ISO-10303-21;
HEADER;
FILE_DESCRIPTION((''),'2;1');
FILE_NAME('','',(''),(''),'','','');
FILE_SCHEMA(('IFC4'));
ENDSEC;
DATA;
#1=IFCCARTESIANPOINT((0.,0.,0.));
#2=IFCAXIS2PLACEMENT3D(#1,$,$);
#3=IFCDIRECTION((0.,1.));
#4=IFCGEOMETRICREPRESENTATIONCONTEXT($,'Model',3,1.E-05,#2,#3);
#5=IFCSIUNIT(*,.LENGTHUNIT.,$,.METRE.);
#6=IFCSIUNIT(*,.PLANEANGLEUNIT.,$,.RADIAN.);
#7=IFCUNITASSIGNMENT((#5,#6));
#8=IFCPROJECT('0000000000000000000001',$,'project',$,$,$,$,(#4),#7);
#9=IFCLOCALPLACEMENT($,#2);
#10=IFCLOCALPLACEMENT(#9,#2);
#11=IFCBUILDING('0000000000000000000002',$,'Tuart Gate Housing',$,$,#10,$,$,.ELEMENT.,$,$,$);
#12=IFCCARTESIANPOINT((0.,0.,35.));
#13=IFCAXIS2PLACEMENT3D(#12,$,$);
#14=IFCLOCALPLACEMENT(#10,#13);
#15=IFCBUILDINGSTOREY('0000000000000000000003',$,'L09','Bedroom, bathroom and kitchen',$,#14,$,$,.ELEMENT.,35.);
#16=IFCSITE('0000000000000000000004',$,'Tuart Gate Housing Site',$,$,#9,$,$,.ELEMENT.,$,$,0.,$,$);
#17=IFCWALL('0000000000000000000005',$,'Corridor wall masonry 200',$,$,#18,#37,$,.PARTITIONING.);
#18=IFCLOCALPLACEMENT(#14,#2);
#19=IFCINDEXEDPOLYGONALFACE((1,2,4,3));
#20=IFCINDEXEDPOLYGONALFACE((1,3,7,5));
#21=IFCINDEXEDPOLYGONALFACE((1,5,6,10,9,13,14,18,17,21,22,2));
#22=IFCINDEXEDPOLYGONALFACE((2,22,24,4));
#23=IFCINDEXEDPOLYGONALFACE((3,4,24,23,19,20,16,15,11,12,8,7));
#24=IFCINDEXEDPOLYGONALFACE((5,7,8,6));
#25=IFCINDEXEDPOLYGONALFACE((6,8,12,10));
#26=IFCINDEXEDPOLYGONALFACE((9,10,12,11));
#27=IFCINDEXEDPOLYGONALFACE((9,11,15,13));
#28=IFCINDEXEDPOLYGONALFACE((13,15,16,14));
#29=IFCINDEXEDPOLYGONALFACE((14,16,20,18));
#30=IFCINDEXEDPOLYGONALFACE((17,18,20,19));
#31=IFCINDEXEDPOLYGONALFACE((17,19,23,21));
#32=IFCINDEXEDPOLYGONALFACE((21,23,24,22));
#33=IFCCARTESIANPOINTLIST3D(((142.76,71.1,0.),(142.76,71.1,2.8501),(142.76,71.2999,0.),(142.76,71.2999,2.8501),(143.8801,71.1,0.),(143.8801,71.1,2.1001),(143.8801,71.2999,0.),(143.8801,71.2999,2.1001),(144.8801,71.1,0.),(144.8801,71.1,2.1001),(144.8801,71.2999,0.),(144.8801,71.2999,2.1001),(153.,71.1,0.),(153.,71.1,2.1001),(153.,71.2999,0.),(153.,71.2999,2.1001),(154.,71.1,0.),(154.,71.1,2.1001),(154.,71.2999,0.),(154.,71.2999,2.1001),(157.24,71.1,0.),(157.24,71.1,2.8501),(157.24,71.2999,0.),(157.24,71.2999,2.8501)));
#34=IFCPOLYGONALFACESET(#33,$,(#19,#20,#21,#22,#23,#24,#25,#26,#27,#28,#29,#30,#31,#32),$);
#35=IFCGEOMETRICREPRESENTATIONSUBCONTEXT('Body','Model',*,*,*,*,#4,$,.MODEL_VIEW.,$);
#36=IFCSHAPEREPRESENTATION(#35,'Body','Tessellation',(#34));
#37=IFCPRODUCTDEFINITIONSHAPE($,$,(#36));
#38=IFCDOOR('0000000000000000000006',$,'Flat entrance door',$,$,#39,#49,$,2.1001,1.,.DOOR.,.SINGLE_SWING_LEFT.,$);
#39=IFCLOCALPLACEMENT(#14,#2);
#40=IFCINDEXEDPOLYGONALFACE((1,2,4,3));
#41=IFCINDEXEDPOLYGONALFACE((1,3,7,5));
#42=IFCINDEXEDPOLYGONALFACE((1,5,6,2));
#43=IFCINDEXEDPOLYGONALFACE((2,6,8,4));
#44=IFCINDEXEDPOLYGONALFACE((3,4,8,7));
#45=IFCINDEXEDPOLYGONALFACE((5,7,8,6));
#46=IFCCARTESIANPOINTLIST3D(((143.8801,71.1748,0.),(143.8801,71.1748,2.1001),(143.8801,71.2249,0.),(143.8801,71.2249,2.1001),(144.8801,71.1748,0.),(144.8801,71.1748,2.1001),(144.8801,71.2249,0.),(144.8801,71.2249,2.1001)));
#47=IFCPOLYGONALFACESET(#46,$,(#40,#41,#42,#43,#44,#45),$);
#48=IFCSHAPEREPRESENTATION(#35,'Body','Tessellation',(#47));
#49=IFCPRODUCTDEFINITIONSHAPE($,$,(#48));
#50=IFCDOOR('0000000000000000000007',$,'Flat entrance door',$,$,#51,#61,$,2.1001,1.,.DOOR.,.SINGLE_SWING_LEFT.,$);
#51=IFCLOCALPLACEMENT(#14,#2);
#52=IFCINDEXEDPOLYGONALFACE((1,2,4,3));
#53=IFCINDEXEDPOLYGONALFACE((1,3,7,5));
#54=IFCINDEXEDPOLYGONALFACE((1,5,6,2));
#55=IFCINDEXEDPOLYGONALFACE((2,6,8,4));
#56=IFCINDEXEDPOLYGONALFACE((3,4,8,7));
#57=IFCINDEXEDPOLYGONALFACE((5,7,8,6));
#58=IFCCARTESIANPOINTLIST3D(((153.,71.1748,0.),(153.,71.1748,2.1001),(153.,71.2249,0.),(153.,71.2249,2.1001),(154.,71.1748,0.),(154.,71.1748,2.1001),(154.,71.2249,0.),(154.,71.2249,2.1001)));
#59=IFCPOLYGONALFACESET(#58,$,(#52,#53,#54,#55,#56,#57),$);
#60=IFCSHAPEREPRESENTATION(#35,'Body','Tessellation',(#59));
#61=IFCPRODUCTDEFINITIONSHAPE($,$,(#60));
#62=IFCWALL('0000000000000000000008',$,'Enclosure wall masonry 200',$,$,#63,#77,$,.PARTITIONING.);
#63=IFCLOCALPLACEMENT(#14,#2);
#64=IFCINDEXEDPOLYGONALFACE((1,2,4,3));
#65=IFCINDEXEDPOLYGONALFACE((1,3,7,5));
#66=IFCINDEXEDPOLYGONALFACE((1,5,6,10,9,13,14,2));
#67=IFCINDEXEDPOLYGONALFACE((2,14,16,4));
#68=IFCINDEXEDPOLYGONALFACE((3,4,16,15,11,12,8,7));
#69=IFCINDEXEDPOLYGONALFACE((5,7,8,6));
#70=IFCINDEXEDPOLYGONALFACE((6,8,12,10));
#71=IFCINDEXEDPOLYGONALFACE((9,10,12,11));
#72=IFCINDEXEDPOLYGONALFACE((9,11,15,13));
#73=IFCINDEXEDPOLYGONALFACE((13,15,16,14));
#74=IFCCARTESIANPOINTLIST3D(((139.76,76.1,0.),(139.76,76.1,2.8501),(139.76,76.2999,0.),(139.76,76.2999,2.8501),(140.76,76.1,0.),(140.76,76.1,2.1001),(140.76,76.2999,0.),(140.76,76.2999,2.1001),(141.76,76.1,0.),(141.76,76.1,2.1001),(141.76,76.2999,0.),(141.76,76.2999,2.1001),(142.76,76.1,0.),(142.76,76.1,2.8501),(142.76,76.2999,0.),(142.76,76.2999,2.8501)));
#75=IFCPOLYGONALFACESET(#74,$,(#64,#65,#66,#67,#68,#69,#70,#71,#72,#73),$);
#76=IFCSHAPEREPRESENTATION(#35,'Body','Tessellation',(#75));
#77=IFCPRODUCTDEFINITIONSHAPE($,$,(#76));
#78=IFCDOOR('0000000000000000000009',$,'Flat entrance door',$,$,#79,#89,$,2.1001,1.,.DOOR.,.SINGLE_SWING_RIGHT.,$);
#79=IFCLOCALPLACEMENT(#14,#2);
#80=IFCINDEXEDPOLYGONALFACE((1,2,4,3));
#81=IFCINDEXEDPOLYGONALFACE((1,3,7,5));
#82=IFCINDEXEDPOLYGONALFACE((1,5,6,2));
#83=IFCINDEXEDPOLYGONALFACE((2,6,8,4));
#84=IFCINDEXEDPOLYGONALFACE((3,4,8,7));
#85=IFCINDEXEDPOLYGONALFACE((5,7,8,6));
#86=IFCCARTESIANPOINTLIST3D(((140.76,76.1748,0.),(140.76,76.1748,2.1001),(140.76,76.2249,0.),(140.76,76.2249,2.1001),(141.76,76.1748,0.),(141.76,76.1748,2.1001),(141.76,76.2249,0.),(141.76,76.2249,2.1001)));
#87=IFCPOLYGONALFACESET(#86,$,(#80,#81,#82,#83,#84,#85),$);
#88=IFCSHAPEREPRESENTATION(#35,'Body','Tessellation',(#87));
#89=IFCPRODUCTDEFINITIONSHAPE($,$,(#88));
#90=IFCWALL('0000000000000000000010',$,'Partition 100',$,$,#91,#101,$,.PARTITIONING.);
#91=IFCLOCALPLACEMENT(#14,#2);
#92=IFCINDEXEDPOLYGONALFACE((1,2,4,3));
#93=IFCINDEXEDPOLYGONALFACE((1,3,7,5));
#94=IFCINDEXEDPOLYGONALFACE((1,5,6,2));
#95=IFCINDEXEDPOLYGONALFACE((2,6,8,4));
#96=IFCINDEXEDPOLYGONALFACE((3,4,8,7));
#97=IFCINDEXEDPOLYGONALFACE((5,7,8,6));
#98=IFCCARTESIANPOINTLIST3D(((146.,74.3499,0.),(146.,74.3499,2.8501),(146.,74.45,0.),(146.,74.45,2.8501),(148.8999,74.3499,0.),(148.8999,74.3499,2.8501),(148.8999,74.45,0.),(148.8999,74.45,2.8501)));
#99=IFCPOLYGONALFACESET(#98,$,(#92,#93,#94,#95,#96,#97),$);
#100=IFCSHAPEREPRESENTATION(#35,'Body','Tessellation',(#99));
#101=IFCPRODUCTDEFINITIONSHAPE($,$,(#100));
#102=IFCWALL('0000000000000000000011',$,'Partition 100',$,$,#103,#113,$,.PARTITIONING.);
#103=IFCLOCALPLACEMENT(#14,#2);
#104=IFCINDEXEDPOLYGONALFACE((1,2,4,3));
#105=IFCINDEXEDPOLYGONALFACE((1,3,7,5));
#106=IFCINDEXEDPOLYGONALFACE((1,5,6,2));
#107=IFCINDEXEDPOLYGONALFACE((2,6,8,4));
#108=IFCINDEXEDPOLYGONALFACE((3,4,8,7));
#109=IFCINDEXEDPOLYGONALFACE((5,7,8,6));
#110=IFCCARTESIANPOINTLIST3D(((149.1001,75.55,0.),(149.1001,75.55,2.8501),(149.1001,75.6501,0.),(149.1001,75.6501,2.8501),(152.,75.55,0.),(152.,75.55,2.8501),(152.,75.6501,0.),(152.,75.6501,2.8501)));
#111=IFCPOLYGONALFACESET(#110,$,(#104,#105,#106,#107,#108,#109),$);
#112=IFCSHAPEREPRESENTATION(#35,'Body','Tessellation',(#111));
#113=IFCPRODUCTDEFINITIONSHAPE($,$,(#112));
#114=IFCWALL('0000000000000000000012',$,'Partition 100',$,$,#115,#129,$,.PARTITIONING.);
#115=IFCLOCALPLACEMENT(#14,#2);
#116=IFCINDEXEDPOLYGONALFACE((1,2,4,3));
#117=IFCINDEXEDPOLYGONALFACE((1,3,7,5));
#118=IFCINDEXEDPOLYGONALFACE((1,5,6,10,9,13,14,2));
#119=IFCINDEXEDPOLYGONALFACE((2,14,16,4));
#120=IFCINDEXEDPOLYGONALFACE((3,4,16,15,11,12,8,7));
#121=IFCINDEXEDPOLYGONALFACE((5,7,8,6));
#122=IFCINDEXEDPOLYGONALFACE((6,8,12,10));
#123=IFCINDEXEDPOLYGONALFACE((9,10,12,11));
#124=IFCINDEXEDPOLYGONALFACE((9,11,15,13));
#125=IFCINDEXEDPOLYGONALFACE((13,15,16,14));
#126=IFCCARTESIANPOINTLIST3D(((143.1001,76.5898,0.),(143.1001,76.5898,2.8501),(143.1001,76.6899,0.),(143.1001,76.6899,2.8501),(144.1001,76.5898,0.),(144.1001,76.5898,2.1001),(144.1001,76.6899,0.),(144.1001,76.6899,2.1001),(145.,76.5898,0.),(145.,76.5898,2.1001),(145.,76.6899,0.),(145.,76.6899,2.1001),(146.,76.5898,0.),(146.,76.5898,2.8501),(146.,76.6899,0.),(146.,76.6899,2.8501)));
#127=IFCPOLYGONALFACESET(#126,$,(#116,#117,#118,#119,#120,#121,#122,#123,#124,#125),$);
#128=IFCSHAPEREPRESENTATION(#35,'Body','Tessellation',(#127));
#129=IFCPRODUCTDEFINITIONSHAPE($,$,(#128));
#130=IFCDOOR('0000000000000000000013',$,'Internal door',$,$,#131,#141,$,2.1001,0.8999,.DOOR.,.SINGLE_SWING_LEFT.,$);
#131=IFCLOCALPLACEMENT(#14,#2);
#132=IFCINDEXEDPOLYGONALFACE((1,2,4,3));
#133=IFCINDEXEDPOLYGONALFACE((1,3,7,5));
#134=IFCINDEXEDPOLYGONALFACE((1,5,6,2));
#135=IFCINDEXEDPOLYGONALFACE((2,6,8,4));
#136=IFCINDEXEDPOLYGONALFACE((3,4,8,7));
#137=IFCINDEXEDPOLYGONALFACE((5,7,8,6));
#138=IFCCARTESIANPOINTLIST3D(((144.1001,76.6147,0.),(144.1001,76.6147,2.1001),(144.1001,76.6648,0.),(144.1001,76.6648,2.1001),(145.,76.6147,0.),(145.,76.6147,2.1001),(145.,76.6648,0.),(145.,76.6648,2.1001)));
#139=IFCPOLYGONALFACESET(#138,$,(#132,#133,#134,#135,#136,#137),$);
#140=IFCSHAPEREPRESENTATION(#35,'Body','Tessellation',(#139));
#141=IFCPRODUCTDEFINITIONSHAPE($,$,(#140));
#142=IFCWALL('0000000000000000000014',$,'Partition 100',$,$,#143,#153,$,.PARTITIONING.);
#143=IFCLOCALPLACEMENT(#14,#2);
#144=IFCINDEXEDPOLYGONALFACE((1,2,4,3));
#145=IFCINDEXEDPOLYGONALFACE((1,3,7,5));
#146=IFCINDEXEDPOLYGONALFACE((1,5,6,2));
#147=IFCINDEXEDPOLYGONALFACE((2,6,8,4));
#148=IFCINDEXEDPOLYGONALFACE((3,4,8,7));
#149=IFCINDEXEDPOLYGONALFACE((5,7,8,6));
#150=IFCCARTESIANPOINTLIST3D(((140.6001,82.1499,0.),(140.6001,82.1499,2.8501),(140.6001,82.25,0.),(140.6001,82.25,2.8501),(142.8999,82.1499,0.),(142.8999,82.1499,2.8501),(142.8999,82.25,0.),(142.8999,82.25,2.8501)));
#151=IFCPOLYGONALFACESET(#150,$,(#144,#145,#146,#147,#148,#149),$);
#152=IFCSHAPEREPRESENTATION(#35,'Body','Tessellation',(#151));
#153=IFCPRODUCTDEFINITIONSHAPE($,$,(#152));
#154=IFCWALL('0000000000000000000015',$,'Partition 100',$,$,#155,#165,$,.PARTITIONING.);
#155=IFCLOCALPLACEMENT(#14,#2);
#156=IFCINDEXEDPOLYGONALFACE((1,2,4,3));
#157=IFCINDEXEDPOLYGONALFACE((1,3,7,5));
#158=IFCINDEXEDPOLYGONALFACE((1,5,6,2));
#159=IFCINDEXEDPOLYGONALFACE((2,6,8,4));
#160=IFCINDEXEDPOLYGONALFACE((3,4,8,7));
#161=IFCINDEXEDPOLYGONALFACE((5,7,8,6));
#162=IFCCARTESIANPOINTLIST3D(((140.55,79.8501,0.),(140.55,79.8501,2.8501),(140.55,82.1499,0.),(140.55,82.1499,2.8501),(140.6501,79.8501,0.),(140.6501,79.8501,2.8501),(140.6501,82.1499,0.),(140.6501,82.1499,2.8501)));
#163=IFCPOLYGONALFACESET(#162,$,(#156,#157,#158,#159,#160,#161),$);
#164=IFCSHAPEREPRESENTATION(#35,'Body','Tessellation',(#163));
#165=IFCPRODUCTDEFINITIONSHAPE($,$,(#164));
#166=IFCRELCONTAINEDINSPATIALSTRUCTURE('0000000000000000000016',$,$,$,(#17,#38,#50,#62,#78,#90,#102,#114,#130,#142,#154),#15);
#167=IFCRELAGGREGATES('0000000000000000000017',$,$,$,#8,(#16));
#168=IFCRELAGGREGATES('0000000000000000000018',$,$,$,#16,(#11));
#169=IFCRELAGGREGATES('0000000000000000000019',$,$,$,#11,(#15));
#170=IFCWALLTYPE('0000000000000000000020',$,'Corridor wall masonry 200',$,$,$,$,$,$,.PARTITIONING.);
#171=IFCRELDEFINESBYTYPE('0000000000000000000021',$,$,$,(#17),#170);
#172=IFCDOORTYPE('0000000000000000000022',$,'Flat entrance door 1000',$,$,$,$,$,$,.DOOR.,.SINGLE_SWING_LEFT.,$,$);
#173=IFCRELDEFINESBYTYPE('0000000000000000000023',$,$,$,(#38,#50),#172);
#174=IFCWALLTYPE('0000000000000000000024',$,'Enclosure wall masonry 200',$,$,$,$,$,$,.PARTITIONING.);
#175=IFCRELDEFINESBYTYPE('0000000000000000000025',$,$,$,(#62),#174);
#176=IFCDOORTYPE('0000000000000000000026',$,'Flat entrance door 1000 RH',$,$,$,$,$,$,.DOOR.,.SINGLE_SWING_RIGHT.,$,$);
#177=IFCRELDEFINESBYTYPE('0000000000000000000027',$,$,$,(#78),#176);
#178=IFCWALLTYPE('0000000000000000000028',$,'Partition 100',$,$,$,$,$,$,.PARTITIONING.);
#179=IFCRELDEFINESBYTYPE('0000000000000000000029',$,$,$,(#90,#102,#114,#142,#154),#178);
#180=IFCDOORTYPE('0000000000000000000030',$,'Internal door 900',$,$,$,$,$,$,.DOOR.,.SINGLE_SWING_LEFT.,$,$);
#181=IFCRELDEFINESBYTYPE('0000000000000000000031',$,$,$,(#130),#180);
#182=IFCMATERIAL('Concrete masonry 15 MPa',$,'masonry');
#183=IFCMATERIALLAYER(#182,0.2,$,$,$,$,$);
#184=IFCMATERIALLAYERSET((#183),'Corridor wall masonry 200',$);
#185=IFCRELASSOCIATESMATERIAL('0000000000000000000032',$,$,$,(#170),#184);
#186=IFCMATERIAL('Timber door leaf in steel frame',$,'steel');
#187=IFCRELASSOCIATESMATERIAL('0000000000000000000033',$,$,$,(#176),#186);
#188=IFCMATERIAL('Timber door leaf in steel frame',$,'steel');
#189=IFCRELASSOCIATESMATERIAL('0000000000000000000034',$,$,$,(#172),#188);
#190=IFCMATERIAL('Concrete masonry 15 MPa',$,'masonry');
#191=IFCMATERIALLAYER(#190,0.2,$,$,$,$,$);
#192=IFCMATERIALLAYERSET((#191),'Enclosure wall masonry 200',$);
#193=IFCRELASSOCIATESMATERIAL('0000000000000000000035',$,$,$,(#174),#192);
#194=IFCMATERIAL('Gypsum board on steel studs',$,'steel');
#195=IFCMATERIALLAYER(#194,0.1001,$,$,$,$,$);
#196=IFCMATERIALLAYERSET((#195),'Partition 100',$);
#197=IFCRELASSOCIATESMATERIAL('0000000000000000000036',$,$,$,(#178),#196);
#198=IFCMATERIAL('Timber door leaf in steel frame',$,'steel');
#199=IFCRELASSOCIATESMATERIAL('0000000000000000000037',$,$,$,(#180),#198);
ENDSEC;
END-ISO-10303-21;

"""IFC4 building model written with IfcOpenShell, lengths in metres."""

from ifc_helpers import new_model, si_unit, direction, frame, frame_2d, origin, place, context, subcontext, project, spatial, rectangle, extrude, material, layer, layer_set, type_object, element, fill, save


model = new_model("IFC4")

# Units and contexts
model_context = context("Model", 3, precision=1e-05, world=origin(), true_north=direction((0.0, 1.0)))
body_context = subcontext(model_context, "Body", "Model", "MODEL_VIEW")
ifc_project = project(units=[si_unit("LENGTHUNIT", "METRE"), si_unit("PLANEANGLEUNIT", "RADIAN")], contexts=[model_context])

# Site, building, storey
site_placement = place(None, origin())
site = spatial("IfcSite", under=ifc_project, at=site_placement, Name="Tuart Gate Housing Site", CompositionType="ELEMENT", RefElevation=0.0)
building_placement = place(site_placement, origin())
building = spatial("IfcBuilding", under=site, at=building_placement, Name="Tuart Gate Housing", CompositionType="ELEMENT")
storey_placement = place(building_placement, frame((0.0, 0.0, 35.0)))
storey = spatial("IfcBuildingStorey", under=building, at=storey_placement, Name="L09", Description="Bedroom, bathroom and kitchen", CompositionType="ELEMENT", Elevation=35.0)

# Wall, openings, doors
ifc_material_1 = material(Name="Concrete masonry 15 MPa", Category="masonry")
ifc_layer_1 = layer(ifc_material_1, 0.2)
ifc_layer_set_1 = layer_set([ifc_layer_1], Name="Corridor wall masonry 200")
wall_type_1 = type_object("IfcWallType", Name="Corridor wall masonry 200", PredefinedType="PARTITIONING", material=ifc_layer_set_1)
ifc_material_2 = material(Name="Timber door leaf in steel frame", Category="steel")
door_type_1 = type_object("IfcDoorType", Name="Flat entrance door 1000 RH", OperationType="SINGLE_SWING_RIGHT", PredefinedType="DOOR", material=ifc_material_2)
wall_1_placement = place(storey_placement, frame((142.76, 71.2, 0.0), z_axis=(0.0, 0.0, 1.0), x_axis=(1.0, 0.0, 0.0)))
wall_1 = element("IfcWall", 1, at=wall_1_placement, inside=storey, type_object=wall_type_1, Name="Corridor wall masonry 200", PredefinedType="PARTITIONING", context=body_context, shape_type="SweptSolid", body=[
    extrude(rectangle(XDim=14.48, YDim=0.2, at=frame_2d((7.24, 0.0))), origin(), (0.0, 0.0, 1.0), 2.8501),
])
opening_1_placement = place(wall_1_placement, frame((1.1201, 0.0, 0.0)))
opening_1 = element("IfcOpeningElement", 2, at=opening_1_placement, cuts=wall_1, PredefinedType="OPENING", context=body_context, shape_type="SweptSolid", body=[
    extrude(rectangle(XDim=1.0, YDim=2.1001, at=frame_2d((0.5, 1.05))), frame((0.0, 0.1099, 0.0), z_axis=(0.0, -1.0, 0.0), x_axis=(1.0, 0.0, 0.0)), (0.0, 0.0, 1.0), 0.22),
])
opening_2_placement = place(wall_1_placement, frame((10.24, 0.0, 0.0)))
opening_2 = element("IfcOpeningElement", 3, at=opening_2_placement, cuts=wall_1, PredefinedType="OPENING", context=body_context, shape_type="SweptSolid", body=[
    extrude(rectangle(XDim=1.0, YDim=2.1001, at=frame_2d((0.5, 1.05))), frame((0.0, 0.1099, 0.0), z_axis=(0.0, -1.0, 0.0), x_axis=(1.0, 0.0, 0.0)), (0.0, 0.0, 1.0), 0.22),
])
ifc_material_3 = material(Name="Timber door leaf in steel frame", Category="steel")
door_type_2 = type_object("IfcDoorType", Name="Flat entrance door 1000", OperationType="SINGLE_SWING_LEFT", PredefinedType="DOOR", material=ifc_material_3)
door_1_placement = place(opening_1_placement, origin())
door_1 = element("IfcDoor", 4, at=door_1_placement, inside=storey, type_object=door_type_2, Name="Flat entrance door", OperationType="SINGLE_SWING_LEFT", OverallHeight=2.1001, OverallWidth=1.0, PredefinedType="DOOR", context=body_context, shape_type="SweptSolid", body=[
    extrude(rectangle(XDim=1.0, YDim=2.1001, at=frame_2d((0.5, 1.05))), frame((0.0, 0.0249, 0.0), z_axis=(0.0, -1.0, 0.0), x_axis=(1.0, 0.0, 0.0)), (0.0, 0.0, 1.0), 0.05),
])
fill(opening_1, door_1)
door_2_placement = place(opening_2_placement, origin())
door_2 = element("IfcDoor", 5, at=door_2_placement, inside=storey, type_object=door_type_2, Name="Flat entrance door", OperationType="SINGLE_SWING_LEFT", OverallHeight=2.1001, OverallWidth=1.0, PredefinedType="DOOR", context=body_context, shape_type="SweptSolid", body=[
    extrude(rectangle(XDim=1.0, YDim=2.1001, at=frame_2d((0.5, 1.05))), frame((0.0, 0.0249, 0.0), z_axis=(0.0, -1.0, 0.0), x_axis=(1.0, 0.0, 0.0)), (0.0, 0.0, 1.0), 0.05),
])
fill(opening_2, door_2)

# Wall, opening, door
ifc_material_4 = material(Name="Concrete masonry 15 MPa", Category="masonry")
ifc_layer_2 = layer(ifc_material_4, 0.2)
ifc_layer_set_2 = layer_set([ifc_layer_2], Name="Enclosure wall masonry 200")
wall_type_2 = type_object("IfcWallType", Name="Enclosure wall masonry 200", PredefinedType="PARTITIONING", material=ifc_layer_set_2)
wall_2_placement = place(storey_placement, frame((139.76, 76.2, 0.0), z_axis=(0.0, 0.0, 1.0), x_axis=(1.0, 0.0, 0.0)))
wall_2 = element("IfcWall", 6, at=wall_2_placement, inside=storey, type_object=wall_type_2, Name="Enclosure wall masonry 200", PredefinedType="PARTITIONING", context=body_context, shape_type="SweptSolid", body=[
    extrude(rectangle(XDim=3.0, YDim=0.2, at=frame_2d((1.5, 0.0))), origin(), (0.0, 0.0, 1.0), 2.8501),
])
opening_3_placement = place(wall_2_placement, frame((1.0, 0.0, 0.0)))
opening_3 = element("IfcOpeningElement", 7, at=opening_3_placement, cuts=wall_2, PredefinedType="OPENING", context=body_context, shape_type="SweptSolid", body=[
    extrude(rectangle(XDim=1.0, YDim=2.1001, at=frame_2d((0.5, 1.05))), frame((0.0, 0.1099, 0.0), z_axis=(0.0, -1.0, 0.0), x_axis=(1.0, 0.0, 0.0)), (0.0, 0.0, 1.0), 0.22),
])
door_3_placement = place(opening_3_placement, origin())
door_3 = element("IfcDoor", 8, at=door_3_placement, inside=storey, type_object=door_type_1, Name="Flat entrance door", OperationType="SINGLE_SWING_RIGHT", OverallHeight=2.1001, OverallWidth=1.0, PredefinedType="DOOR", context=body_context, shape_type="SweptSolid", body=[
    extrude(rectangle(XDim=1.0, YDim=2.1001, at=frame_2d((0.5, 1.05))), frame((0.0, 0.0249, 0.0), z_axis=(0.0, -1.0, 0.0), x_axis=(1.0, 0.0, 0.0)), (0.0, 0.0, 1.0), 0.05),
])
fill(opening_3, door_3)

# Walls
ifc_material_5 = material(Name="Gypsum board on steel studs", Category="steel")
ifc_layer_3 = layer(ifc_material_5, 0.1001)
ifc_layer_set_3 = layer_set([ifc_layer_3], Name="Partition 100")
wall_type_3 = type_object("IfcWallType", Name="Partition 100", PredefinedType="PARTITIONING", material=ifc_layer_set_3)
for number, where, z_axis, x_axis, name in (
    (9, (146.0, 74.3999, 0.0), (0.0, 0.0, 1.0), (1.0, 0.0, 0.0), "Partition 100"),
    (10, (149.1001, 75.6001, 0.0), (0.0, 0.0, 1.0), (1.0, 0.0, 0.0), "Partition 100"),
):
    element("IfcWall", number, at=place(storey_placement, frame(where, z_axis=z_axis, x_axis=x_axis)), inside=storey, type_object=wall_type_3, Name=name, PredefinedType="PARTITIONING", context=body_context, shape_type="SweptSolid", body=[
        extrude(rectangle(XDim=2.8999, YDim=0.1001, at=frame_2d((1.45, 0.0))), origin(), (0.0, 0.0, 1.0), 2.8501),
    ])

# Wall, opening, door
wall_3_placement = place(storey_placement, frame((143.1001, 76.6399, 0.0), z_axis=(0.0, 0.0, 1.0), x_axis=(1.0, 0.0, 0.0)))
wall_3 = element("IfcWall", 11, at=wall_3_placement, inside=storey, type_object=wall_type_3, Name="Partition 100", PredefinedType="PARTITIONING", context=body_context, shape_type="SweptSolid", body=[
    extrude(rectangle(XDim=2.8999, YDim=0.1001, at=frame_2d((1.45, 0.0))), origin(), (0.0, 0.0, 1.0), 2.8501),
])
opening_4_placement = place(wall_3_placement, frame((1.0, 0.0, 0.0)))
opening_4 = element("IfcOpeningElement", 12, at=opening_4_placement, cuts=wall_3, PredefinedType="OPENING", context=body_context, shape_type="SweptSolid", body=[
    extrude(rectangle(XDim=0.8999, YDim=2.1001, at=frame_2d((0.45, 1.05))), frame((0.0, 0.0601, 0.0), z_axis=(0.0, -1.0, 0.0), x_axis=(1.0, 0.0, 0.0)), (0.0, 0.0, 1.0), 0.1201),
])
ifc_material_6 = material(Name="Timber door leaf in steel frame", Category="steel")
door_type_3 = type_object("IfcDoorType", Name="Internal door 900", OperationType="SINGLE_SWING_LEFT", PredefinedType="DOOR", material=ifc_material_6)
door_4_placement = place(opening_4_placement, frame((0.8999, 0.0, 0.0), z_axis=(0.0, 0.0, 1.0), x_axis=(-1.0, 0.0, 0.0)))
door_4 = element("IfcDoor", 13, at=door_4_placement, inside=storey, type_object=door_type_3, Name="Internal door", OperationType="SINGLE_SWING_LEFT", OverallHeight=2.1001, OverallWidth=0.8999, PredefinedType="DOOR", context=body_context, shape_type="SweptSolid", body=[
    extrude(rectangle(XDim=0.8999, YDim=2.1001, at=frame_2d((0.45, 1.05))), frame((0.0, 0.0251, 0.0), z_axis=(0.0, -1.0, 0.0), x_axis=(1.0, 0.0, 0.0)), (0.0, 0.0, 1.0), 0.05),
])
fill(opening_4, door_4)

# Walls
for number, where, z_axis, x_axis, name in (
    (14, (140.6001, 82.2, 0.0), (0.0, 0.0, 1.0), (1.0, 0.0, 0.0), "Partition 100"),
    (15, (140.6001, 79.8501, 0.0), (0.0, 0.0, 1.0), (0.0, 1.0, 0.0), "Partition 100"),
):
    element("IfcWall", number, at=place(storey_placement, frame(where, z_axis=z_axis, x_axis=x_axis)), inside=storey, type_object=wall_type_3, Name=name, PredefinedType="PARTITIONING", context=body_context, shape_type="SweptSolid", body=[
        extrude(rectangle(XDim=2.2998, YDim=0.1001, at=frame_2d((1.1499, 0.0))), origin(), (0.0, 0.0, 1.0), 2.8501),
    ])

save(model, "model.ifc")
